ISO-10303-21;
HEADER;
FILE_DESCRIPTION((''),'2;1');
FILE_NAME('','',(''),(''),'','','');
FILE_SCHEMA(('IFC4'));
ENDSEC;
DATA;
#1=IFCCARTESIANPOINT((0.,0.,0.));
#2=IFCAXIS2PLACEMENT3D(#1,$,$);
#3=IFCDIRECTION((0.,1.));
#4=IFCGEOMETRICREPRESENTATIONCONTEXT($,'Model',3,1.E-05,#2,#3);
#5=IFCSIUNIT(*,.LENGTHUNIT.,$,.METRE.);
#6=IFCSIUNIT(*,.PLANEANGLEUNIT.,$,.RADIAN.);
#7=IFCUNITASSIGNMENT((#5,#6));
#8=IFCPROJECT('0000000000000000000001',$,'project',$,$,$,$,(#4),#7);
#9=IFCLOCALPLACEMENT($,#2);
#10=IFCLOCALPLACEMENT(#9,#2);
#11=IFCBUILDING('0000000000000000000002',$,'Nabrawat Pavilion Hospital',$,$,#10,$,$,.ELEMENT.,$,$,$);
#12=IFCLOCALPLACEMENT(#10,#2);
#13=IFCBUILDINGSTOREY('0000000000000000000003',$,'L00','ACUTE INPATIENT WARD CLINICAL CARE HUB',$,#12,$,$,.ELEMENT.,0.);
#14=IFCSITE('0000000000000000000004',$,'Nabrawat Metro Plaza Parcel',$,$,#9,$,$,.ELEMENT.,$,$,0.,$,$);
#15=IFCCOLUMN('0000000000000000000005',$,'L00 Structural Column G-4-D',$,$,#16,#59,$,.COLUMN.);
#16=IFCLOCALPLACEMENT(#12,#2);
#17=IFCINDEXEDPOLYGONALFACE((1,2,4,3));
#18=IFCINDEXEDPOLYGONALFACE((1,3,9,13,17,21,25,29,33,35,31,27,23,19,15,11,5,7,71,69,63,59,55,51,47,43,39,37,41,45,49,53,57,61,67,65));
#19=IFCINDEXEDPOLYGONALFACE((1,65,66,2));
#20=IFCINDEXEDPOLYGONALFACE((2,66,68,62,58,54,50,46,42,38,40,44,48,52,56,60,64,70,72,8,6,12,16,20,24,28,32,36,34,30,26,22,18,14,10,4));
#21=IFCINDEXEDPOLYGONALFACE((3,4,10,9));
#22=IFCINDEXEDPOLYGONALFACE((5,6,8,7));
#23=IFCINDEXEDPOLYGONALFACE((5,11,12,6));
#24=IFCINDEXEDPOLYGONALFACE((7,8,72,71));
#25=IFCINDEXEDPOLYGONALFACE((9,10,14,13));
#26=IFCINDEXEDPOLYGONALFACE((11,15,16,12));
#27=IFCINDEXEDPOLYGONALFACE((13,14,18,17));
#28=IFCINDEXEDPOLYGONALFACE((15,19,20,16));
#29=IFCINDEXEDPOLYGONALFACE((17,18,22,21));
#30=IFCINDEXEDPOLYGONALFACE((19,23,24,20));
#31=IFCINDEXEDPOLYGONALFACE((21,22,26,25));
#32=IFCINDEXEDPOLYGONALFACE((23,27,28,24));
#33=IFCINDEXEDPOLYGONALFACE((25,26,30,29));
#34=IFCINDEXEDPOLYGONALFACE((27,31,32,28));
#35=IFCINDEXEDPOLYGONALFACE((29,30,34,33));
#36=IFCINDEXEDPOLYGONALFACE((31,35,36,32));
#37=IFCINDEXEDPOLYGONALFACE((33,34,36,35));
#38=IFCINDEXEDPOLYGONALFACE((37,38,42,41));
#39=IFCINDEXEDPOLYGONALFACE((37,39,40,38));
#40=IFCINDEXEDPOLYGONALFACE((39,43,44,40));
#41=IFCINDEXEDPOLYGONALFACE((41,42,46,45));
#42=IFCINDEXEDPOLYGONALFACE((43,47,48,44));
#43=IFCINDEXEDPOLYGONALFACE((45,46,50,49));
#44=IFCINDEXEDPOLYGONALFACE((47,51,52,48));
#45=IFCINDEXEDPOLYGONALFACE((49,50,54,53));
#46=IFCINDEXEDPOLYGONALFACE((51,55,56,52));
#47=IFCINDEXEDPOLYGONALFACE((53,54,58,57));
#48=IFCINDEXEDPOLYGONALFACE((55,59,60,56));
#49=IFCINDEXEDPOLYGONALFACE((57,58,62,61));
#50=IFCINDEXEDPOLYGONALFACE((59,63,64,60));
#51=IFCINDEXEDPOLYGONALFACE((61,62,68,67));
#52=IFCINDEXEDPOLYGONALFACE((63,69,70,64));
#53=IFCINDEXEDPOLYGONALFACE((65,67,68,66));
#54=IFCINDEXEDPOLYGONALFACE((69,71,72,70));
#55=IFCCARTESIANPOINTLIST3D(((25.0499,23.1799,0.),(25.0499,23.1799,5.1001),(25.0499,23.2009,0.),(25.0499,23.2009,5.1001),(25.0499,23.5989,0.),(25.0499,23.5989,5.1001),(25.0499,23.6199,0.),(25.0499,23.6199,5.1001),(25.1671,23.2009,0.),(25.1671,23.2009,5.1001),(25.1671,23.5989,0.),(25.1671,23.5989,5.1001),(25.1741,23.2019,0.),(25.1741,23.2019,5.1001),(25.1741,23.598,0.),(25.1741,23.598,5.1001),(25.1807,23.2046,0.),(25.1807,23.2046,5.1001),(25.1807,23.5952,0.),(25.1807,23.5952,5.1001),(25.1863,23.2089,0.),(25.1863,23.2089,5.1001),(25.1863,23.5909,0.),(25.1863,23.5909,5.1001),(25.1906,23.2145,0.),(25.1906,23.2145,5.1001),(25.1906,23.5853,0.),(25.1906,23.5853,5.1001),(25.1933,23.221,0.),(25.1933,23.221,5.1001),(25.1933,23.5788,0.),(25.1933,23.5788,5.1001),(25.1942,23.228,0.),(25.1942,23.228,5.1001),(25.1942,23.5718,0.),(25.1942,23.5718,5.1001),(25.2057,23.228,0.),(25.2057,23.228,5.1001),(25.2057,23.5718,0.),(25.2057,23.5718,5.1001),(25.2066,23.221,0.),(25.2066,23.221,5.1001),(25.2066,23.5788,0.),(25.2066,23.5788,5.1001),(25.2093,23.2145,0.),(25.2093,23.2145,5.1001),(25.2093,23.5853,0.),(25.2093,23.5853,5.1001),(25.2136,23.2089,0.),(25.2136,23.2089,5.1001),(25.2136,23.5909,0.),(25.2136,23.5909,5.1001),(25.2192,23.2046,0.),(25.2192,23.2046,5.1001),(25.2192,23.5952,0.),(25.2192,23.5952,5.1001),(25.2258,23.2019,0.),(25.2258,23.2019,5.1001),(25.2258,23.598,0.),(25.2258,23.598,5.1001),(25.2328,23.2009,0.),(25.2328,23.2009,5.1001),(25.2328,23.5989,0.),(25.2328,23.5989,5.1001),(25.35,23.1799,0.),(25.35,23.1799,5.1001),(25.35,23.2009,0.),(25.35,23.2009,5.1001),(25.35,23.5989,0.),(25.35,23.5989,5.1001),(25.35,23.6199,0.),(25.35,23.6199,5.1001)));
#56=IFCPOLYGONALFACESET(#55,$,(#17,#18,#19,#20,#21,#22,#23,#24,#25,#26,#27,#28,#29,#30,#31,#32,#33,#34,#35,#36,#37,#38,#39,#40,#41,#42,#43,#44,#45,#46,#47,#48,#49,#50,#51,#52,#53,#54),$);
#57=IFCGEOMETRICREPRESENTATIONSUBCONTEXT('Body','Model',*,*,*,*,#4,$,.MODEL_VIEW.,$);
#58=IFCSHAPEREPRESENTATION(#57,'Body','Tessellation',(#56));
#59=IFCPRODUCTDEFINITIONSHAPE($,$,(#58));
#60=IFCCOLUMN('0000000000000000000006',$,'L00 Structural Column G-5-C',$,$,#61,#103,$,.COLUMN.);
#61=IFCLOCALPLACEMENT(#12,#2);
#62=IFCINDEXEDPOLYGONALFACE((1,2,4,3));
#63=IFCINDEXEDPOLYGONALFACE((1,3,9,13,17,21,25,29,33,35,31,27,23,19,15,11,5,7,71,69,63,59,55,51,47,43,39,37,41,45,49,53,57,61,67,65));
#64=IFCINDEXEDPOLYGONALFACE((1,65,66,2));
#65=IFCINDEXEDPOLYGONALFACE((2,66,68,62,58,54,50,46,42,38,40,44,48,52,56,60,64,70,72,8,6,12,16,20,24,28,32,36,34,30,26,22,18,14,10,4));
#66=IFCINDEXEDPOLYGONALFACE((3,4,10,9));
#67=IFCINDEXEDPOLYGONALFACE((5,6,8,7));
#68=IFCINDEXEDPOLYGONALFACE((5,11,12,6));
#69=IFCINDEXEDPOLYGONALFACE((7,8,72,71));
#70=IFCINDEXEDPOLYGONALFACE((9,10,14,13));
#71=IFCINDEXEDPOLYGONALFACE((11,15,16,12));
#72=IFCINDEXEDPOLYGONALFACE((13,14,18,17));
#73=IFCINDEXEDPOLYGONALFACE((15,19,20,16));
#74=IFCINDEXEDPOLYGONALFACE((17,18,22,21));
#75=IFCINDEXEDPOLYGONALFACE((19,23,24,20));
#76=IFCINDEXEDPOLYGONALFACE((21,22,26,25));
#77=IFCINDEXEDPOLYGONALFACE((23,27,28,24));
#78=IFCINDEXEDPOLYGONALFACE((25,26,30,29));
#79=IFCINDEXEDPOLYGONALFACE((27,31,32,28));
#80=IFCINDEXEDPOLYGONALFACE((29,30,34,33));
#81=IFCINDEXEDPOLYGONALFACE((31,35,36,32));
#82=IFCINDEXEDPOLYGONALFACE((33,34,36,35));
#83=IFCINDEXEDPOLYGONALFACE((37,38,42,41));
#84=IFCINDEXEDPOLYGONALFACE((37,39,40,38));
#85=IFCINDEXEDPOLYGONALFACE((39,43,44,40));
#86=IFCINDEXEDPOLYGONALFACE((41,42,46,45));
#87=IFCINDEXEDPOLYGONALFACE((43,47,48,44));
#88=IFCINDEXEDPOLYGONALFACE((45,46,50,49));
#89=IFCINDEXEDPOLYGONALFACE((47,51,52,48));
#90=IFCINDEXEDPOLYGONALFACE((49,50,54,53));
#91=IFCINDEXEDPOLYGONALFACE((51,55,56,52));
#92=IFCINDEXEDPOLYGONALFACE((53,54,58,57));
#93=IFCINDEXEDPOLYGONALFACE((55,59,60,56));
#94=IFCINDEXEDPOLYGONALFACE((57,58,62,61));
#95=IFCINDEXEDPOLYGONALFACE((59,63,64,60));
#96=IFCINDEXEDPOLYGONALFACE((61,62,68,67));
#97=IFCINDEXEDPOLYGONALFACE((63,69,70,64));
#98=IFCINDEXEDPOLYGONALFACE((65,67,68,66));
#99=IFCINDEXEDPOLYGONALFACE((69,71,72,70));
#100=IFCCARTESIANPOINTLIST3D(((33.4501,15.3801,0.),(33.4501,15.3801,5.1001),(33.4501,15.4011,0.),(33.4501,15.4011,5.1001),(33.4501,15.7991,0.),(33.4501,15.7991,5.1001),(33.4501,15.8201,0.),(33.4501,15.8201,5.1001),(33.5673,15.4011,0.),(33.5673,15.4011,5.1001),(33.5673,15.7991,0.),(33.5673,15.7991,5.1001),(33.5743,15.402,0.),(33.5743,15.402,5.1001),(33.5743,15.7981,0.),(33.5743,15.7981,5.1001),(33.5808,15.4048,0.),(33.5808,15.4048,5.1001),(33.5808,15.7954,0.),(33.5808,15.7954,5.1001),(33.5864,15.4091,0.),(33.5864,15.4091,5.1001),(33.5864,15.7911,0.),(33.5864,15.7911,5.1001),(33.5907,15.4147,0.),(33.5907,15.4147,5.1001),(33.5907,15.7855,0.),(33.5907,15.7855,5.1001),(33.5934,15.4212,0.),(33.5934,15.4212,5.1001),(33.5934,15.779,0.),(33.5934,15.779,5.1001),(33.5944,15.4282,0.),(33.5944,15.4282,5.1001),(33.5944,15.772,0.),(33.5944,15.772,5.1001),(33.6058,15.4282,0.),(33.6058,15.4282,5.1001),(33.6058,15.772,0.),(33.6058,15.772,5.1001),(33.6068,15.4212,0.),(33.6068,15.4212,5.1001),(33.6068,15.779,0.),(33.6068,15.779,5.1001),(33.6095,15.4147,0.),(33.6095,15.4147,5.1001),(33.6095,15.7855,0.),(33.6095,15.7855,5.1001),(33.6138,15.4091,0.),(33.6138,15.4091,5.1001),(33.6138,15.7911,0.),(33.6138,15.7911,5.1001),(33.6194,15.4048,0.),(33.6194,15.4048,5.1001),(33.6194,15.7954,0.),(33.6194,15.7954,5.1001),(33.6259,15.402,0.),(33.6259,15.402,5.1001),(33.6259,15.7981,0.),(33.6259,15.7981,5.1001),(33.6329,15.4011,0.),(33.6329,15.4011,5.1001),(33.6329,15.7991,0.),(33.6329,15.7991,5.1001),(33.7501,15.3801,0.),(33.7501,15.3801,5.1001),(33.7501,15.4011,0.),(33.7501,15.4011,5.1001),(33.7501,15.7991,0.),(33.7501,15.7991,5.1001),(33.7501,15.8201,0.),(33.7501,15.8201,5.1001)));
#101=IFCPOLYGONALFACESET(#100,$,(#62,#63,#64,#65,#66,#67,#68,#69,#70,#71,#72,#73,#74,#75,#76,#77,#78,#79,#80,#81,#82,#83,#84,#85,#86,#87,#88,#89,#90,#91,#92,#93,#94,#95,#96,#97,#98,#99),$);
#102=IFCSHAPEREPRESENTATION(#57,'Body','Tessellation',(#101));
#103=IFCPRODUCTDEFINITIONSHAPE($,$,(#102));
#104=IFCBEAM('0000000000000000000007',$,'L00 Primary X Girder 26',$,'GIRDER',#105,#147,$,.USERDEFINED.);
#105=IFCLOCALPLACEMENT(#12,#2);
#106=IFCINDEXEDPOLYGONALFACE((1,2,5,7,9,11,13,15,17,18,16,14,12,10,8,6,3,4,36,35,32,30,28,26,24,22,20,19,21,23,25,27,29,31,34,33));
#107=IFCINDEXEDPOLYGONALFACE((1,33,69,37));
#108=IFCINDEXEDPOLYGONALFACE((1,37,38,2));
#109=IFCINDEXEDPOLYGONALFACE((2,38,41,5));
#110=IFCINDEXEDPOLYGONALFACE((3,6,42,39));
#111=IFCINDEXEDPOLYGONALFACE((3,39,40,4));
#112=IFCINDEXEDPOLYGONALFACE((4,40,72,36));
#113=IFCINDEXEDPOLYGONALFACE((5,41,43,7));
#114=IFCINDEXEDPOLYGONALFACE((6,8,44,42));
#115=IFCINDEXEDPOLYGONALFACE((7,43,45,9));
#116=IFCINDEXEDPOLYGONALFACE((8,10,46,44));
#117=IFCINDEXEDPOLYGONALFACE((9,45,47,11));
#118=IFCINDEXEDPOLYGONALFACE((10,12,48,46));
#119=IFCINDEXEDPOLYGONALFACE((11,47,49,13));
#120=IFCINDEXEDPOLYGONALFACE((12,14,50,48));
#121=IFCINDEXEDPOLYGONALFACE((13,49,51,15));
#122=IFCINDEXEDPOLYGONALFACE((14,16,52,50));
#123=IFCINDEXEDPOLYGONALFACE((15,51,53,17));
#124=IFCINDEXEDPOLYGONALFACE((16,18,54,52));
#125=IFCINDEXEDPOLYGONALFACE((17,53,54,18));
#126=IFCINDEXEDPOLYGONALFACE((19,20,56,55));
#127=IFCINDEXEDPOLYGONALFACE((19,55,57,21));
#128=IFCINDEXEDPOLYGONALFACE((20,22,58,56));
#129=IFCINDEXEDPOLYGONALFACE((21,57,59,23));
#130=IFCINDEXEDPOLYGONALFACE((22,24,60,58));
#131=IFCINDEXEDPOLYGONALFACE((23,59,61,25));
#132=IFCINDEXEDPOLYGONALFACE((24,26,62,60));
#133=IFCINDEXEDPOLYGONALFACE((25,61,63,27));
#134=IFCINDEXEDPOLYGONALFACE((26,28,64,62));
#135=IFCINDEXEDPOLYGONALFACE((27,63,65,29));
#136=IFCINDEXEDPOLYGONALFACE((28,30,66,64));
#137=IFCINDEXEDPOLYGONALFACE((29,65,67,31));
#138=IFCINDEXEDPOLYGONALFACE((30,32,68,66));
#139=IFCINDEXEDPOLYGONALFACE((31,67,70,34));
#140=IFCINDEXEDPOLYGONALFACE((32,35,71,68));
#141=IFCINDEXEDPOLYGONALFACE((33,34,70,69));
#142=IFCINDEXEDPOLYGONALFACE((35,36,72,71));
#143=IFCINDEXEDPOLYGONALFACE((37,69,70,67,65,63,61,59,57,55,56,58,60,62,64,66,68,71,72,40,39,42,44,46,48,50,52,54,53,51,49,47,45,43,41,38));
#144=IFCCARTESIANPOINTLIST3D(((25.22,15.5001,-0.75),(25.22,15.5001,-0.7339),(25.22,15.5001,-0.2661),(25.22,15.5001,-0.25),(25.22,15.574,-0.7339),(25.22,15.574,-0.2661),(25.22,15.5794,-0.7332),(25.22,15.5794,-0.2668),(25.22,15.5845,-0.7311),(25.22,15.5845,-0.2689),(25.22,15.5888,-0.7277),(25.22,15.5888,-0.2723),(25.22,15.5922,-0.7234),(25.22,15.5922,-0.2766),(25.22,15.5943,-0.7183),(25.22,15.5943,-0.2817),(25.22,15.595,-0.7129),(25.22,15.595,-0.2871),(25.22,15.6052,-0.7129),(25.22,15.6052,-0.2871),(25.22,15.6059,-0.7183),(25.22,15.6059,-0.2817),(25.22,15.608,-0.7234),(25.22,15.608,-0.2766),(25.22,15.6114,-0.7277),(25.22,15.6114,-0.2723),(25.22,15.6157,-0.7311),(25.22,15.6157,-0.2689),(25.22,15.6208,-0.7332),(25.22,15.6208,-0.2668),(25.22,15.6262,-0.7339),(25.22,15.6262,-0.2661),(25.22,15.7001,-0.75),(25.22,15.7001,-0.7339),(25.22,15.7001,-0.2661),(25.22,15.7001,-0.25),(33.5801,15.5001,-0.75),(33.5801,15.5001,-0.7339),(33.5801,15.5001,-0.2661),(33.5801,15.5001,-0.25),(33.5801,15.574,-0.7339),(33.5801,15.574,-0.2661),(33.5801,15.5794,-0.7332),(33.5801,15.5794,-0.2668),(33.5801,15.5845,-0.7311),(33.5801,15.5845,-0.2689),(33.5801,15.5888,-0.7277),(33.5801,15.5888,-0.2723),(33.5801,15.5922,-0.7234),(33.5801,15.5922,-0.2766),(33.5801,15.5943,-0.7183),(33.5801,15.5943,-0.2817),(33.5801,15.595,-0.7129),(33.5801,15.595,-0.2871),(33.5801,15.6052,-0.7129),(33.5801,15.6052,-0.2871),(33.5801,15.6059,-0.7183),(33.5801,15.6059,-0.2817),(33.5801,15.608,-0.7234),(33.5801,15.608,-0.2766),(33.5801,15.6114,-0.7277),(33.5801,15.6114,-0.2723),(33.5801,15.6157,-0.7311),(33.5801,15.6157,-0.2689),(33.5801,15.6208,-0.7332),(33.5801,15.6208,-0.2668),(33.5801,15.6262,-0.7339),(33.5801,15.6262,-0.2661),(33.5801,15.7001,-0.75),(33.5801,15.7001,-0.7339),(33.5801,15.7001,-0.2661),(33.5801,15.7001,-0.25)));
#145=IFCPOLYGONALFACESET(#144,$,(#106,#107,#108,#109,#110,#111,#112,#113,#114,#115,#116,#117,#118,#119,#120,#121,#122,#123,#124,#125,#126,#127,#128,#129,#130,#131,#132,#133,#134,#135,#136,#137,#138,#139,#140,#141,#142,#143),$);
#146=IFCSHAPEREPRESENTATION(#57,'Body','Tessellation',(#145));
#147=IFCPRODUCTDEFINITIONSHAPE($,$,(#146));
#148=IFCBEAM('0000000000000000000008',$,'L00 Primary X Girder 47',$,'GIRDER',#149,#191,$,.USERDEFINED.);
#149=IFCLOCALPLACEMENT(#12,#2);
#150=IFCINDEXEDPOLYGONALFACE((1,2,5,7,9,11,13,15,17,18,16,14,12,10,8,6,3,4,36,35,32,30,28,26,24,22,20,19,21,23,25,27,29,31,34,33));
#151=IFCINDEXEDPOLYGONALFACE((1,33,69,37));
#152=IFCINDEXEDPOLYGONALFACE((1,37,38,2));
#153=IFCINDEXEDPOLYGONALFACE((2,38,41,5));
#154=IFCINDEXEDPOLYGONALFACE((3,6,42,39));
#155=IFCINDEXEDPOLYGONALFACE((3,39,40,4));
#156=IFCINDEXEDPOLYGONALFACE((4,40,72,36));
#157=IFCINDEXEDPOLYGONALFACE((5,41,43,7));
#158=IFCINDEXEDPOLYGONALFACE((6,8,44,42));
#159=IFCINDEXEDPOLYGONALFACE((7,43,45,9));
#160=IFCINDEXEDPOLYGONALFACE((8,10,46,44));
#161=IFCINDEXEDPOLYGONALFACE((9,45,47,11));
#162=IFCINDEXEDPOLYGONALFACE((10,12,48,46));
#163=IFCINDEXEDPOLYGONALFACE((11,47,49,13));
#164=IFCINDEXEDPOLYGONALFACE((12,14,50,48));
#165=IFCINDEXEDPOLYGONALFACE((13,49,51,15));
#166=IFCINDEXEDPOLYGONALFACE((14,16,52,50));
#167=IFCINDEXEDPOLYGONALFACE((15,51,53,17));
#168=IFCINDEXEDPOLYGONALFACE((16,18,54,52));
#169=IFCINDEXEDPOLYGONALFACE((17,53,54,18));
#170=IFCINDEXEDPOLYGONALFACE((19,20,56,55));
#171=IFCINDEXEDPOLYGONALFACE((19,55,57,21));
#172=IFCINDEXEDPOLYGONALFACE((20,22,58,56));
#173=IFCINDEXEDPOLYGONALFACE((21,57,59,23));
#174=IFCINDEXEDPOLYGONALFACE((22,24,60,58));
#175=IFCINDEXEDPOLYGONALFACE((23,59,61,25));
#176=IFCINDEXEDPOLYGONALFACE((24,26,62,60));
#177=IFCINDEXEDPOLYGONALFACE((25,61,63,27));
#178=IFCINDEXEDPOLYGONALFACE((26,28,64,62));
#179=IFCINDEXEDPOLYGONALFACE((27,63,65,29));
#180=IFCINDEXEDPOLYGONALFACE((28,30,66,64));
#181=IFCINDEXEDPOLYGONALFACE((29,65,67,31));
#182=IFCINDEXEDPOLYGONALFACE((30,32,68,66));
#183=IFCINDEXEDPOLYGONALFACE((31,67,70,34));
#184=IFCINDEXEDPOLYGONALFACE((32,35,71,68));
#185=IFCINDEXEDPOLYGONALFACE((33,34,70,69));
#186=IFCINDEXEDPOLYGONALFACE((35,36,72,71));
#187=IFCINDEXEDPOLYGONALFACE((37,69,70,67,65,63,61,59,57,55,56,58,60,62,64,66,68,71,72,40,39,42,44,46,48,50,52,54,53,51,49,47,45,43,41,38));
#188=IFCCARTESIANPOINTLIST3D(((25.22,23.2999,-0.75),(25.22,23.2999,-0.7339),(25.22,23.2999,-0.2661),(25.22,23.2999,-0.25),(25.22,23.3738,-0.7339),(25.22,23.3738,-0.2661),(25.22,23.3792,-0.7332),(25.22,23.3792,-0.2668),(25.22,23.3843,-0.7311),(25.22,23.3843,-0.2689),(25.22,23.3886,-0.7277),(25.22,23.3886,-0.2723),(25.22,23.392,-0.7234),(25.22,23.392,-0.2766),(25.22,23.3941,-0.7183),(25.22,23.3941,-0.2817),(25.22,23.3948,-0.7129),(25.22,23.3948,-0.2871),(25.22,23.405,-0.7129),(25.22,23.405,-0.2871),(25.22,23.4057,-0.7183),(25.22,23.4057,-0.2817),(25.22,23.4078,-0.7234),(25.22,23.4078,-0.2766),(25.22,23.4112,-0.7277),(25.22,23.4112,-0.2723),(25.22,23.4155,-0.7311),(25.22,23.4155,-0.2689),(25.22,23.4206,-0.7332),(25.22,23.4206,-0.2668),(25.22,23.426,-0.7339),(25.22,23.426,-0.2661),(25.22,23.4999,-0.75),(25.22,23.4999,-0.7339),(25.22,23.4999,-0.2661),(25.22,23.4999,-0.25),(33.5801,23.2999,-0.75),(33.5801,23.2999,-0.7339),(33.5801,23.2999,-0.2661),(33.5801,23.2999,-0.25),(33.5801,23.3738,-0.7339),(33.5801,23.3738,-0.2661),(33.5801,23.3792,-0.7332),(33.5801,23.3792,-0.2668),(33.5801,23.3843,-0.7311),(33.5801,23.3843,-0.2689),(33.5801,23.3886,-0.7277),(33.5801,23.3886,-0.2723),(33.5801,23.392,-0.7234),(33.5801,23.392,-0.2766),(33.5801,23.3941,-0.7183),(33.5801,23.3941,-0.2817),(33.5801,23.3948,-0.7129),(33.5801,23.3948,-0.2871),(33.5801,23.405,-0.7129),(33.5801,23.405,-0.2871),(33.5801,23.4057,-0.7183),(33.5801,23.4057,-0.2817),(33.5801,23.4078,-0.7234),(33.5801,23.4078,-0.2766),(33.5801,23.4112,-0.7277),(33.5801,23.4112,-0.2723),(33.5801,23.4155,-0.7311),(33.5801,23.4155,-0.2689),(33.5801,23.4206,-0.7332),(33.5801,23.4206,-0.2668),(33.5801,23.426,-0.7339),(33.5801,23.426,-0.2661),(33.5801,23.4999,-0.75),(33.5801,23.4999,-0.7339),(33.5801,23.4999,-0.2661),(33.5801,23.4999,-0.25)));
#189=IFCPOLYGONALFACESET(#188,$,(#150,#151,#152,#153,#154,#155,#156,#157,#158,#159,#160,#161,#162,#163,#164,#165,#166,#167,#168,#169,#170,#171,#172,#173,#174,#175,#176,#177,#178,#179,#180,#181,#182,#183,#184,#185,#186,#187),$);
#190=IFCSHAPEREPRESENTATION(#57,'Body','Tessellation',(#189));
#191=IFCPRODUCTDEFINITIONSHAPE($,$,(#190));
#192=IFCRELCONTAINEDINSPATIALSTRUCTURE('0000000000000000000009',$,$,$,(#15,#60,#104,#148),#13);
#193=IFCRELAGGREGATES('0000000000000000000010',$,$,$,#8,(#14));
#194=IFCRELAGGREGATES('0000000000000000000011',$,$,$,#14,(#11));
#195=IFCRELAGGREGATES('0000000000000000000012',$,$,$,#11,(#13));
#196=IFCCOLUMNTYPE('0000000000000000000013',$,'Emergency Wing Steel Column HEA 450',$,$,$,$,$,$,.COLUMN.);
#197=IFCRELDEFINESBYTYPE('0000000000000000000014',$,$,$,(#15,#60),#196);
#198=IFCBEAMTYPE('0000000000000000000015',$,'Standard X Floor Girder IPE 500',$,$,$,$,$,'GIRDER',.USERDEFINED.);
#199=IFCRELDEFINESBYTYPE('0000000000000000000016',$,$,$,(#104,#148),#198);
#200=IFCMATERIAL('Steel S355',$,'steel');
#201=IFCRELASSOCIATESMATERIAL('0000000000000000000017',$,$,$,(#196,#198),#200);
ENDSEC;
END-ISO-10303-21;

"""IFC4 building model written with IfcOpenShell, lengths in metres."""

from ifc_helpers import new_model, si_unit, direction, frame, origin, origin_2d, place, context, subcontext, project, spatial, i_section, extrude, material, material_profile, profile_set, type_object, element, save


model = new_model("IFC4")

# Units and contexts
model_context = context("Model", 3, precision=1e-05, world=origin(), true_north=direction((0.0, 1.0)))
body_context = subcontext(model_context, "Body", "Model", "MODEL_VIEW")
ifc_project = project(units=[si_unit("LENGTHUNIT", "METRE"), si_unit("PLANEANGLEUNIT", "RADIAN")], contexts=[model_context])

# Site, building, storey
site_placement = place(None, origin())
site = spatial("IfcSite", under=ifc_project, at=site_placement, Name="Nabrawat Metro Plaza Parcel", CompositionType="ELEMENT", RefElevation=0.0)
building_placement = place(site_placement, origin())
building = spatial("IfcBuilding", under=site, at=building_placement, Name="Nabrawat Pavilion Hospital", CompositionType="ELEMENT")
storey_placement = place(building_placement, origin())
storey = spatial("IfcBuildingStorey", under=building, at=storey_placement, Name="L00", Description="ACUTE INPATIENT WARD CLINICAL CARE HUB", CompositionType="ELEMENT", Elevation=0.0)

# Columns
ifc_material_1 = material(Name="Steel S355", Category="steel")
ifc_material_profile_1 = material_profile(ifc_material_1, i_section(OverallWidth=0.3, OverallDepth=0.4399, WebThickness=0.0115, FlangeThickness=0.021, FilletRadius=0.0271, at=origin_2d()), Name="HEA 450")
ifc_profile_set_1 = profile_set([ifc_material_profile_1], Name="Steel S355")
column_type = type_object("IfcColumnType", Name="Emergency Wing Steel Column HEA 450", PredefinedType="COLUMN", material=ifc_profile_set_1)
for number, where, z_axis, x_axis, name in (
    (1, (25.2, 23.3999, 0.0), (0.0, 0.0, 1.0), (1.0, 0.0, 0.0), "L00 Structural Column G-4-D"),
    (2, (33.6001, 15.6001, 0.0), (0.0, 0.0, 1.0), (1.0, 0.0, 0.0), "L00 Structural Column G-5-C"),
):
    element("IfcColumn", number, at=place(storey_placement, frame(where, z_axis=z_axis, x_axis=x_axis)), inside=storey, type_object=column_type, Name=name, PredefinedType="COLUMN", context=body_context, shape_type="SweptSolid", body=[
        extrude(i_section(OverallWidth=0.3, OverallDepth=0.4399, WebThickness=0.0115, FlangeThickness=0.021, FilletRadius=0.0271, at=origin_2d()), origin(), (0.0, 0.0, 1.0), 5.1001),
    ])

# Beams
ifc_material_profile_2 = material_profile(ifc_material_1, i_section(OverallWidth=0.2, OverallDepth=0.5, WebThickness=0.0103, FlangeThickness=0.0161, FilletRadius=0.021, at=origin_2d()), Name="IPE 500")
ifc_profile_set_2 = profile_set([ifc_material_profile_2], Name="Steel S355")
beam_type_1 = type_object("IfcBeamType", Name="Standard X Floor Girder IPE 500", ElementType="GIRDER", PredefinedType="USERDEFINED", material=ifc_profile_set_2)
for number, where, z_axis, x_axis, name in (
    (3, (25.22, 15.6001, -0.5), (1.0, 0.0, 0.0), (0.0, 1.0, 0.0), "L00 Primary X Girder 26"),
    (4, (25.22, 23.3999, -0.5), (1.0, 0.0, 0.0), (0.0, 1.0, 0.0), "L00 Primary X Girder 47"),
):
    element("IfcBeam", number, at=place(storey_placement, frame(where, z_axis=z_axis, x_axis=x_axis)), inside=storey, type_object=beam_type_1, Name=name, ObjectType="GIRDER", PredefinedType="USERDEFINED", context=body_context, shape_type="SweptSolid", body=[
        extrude(i_section(OverallWidth=0.2, OverallDepth=0.5, WebThickness=0.0103, FlangeThickness=0.0161, FilletRadius=0.021, at=origin_2d()), origin(), (0.0, 0.0, 1.0), 8.3601),
    ])

save(model, "model.ifc")
